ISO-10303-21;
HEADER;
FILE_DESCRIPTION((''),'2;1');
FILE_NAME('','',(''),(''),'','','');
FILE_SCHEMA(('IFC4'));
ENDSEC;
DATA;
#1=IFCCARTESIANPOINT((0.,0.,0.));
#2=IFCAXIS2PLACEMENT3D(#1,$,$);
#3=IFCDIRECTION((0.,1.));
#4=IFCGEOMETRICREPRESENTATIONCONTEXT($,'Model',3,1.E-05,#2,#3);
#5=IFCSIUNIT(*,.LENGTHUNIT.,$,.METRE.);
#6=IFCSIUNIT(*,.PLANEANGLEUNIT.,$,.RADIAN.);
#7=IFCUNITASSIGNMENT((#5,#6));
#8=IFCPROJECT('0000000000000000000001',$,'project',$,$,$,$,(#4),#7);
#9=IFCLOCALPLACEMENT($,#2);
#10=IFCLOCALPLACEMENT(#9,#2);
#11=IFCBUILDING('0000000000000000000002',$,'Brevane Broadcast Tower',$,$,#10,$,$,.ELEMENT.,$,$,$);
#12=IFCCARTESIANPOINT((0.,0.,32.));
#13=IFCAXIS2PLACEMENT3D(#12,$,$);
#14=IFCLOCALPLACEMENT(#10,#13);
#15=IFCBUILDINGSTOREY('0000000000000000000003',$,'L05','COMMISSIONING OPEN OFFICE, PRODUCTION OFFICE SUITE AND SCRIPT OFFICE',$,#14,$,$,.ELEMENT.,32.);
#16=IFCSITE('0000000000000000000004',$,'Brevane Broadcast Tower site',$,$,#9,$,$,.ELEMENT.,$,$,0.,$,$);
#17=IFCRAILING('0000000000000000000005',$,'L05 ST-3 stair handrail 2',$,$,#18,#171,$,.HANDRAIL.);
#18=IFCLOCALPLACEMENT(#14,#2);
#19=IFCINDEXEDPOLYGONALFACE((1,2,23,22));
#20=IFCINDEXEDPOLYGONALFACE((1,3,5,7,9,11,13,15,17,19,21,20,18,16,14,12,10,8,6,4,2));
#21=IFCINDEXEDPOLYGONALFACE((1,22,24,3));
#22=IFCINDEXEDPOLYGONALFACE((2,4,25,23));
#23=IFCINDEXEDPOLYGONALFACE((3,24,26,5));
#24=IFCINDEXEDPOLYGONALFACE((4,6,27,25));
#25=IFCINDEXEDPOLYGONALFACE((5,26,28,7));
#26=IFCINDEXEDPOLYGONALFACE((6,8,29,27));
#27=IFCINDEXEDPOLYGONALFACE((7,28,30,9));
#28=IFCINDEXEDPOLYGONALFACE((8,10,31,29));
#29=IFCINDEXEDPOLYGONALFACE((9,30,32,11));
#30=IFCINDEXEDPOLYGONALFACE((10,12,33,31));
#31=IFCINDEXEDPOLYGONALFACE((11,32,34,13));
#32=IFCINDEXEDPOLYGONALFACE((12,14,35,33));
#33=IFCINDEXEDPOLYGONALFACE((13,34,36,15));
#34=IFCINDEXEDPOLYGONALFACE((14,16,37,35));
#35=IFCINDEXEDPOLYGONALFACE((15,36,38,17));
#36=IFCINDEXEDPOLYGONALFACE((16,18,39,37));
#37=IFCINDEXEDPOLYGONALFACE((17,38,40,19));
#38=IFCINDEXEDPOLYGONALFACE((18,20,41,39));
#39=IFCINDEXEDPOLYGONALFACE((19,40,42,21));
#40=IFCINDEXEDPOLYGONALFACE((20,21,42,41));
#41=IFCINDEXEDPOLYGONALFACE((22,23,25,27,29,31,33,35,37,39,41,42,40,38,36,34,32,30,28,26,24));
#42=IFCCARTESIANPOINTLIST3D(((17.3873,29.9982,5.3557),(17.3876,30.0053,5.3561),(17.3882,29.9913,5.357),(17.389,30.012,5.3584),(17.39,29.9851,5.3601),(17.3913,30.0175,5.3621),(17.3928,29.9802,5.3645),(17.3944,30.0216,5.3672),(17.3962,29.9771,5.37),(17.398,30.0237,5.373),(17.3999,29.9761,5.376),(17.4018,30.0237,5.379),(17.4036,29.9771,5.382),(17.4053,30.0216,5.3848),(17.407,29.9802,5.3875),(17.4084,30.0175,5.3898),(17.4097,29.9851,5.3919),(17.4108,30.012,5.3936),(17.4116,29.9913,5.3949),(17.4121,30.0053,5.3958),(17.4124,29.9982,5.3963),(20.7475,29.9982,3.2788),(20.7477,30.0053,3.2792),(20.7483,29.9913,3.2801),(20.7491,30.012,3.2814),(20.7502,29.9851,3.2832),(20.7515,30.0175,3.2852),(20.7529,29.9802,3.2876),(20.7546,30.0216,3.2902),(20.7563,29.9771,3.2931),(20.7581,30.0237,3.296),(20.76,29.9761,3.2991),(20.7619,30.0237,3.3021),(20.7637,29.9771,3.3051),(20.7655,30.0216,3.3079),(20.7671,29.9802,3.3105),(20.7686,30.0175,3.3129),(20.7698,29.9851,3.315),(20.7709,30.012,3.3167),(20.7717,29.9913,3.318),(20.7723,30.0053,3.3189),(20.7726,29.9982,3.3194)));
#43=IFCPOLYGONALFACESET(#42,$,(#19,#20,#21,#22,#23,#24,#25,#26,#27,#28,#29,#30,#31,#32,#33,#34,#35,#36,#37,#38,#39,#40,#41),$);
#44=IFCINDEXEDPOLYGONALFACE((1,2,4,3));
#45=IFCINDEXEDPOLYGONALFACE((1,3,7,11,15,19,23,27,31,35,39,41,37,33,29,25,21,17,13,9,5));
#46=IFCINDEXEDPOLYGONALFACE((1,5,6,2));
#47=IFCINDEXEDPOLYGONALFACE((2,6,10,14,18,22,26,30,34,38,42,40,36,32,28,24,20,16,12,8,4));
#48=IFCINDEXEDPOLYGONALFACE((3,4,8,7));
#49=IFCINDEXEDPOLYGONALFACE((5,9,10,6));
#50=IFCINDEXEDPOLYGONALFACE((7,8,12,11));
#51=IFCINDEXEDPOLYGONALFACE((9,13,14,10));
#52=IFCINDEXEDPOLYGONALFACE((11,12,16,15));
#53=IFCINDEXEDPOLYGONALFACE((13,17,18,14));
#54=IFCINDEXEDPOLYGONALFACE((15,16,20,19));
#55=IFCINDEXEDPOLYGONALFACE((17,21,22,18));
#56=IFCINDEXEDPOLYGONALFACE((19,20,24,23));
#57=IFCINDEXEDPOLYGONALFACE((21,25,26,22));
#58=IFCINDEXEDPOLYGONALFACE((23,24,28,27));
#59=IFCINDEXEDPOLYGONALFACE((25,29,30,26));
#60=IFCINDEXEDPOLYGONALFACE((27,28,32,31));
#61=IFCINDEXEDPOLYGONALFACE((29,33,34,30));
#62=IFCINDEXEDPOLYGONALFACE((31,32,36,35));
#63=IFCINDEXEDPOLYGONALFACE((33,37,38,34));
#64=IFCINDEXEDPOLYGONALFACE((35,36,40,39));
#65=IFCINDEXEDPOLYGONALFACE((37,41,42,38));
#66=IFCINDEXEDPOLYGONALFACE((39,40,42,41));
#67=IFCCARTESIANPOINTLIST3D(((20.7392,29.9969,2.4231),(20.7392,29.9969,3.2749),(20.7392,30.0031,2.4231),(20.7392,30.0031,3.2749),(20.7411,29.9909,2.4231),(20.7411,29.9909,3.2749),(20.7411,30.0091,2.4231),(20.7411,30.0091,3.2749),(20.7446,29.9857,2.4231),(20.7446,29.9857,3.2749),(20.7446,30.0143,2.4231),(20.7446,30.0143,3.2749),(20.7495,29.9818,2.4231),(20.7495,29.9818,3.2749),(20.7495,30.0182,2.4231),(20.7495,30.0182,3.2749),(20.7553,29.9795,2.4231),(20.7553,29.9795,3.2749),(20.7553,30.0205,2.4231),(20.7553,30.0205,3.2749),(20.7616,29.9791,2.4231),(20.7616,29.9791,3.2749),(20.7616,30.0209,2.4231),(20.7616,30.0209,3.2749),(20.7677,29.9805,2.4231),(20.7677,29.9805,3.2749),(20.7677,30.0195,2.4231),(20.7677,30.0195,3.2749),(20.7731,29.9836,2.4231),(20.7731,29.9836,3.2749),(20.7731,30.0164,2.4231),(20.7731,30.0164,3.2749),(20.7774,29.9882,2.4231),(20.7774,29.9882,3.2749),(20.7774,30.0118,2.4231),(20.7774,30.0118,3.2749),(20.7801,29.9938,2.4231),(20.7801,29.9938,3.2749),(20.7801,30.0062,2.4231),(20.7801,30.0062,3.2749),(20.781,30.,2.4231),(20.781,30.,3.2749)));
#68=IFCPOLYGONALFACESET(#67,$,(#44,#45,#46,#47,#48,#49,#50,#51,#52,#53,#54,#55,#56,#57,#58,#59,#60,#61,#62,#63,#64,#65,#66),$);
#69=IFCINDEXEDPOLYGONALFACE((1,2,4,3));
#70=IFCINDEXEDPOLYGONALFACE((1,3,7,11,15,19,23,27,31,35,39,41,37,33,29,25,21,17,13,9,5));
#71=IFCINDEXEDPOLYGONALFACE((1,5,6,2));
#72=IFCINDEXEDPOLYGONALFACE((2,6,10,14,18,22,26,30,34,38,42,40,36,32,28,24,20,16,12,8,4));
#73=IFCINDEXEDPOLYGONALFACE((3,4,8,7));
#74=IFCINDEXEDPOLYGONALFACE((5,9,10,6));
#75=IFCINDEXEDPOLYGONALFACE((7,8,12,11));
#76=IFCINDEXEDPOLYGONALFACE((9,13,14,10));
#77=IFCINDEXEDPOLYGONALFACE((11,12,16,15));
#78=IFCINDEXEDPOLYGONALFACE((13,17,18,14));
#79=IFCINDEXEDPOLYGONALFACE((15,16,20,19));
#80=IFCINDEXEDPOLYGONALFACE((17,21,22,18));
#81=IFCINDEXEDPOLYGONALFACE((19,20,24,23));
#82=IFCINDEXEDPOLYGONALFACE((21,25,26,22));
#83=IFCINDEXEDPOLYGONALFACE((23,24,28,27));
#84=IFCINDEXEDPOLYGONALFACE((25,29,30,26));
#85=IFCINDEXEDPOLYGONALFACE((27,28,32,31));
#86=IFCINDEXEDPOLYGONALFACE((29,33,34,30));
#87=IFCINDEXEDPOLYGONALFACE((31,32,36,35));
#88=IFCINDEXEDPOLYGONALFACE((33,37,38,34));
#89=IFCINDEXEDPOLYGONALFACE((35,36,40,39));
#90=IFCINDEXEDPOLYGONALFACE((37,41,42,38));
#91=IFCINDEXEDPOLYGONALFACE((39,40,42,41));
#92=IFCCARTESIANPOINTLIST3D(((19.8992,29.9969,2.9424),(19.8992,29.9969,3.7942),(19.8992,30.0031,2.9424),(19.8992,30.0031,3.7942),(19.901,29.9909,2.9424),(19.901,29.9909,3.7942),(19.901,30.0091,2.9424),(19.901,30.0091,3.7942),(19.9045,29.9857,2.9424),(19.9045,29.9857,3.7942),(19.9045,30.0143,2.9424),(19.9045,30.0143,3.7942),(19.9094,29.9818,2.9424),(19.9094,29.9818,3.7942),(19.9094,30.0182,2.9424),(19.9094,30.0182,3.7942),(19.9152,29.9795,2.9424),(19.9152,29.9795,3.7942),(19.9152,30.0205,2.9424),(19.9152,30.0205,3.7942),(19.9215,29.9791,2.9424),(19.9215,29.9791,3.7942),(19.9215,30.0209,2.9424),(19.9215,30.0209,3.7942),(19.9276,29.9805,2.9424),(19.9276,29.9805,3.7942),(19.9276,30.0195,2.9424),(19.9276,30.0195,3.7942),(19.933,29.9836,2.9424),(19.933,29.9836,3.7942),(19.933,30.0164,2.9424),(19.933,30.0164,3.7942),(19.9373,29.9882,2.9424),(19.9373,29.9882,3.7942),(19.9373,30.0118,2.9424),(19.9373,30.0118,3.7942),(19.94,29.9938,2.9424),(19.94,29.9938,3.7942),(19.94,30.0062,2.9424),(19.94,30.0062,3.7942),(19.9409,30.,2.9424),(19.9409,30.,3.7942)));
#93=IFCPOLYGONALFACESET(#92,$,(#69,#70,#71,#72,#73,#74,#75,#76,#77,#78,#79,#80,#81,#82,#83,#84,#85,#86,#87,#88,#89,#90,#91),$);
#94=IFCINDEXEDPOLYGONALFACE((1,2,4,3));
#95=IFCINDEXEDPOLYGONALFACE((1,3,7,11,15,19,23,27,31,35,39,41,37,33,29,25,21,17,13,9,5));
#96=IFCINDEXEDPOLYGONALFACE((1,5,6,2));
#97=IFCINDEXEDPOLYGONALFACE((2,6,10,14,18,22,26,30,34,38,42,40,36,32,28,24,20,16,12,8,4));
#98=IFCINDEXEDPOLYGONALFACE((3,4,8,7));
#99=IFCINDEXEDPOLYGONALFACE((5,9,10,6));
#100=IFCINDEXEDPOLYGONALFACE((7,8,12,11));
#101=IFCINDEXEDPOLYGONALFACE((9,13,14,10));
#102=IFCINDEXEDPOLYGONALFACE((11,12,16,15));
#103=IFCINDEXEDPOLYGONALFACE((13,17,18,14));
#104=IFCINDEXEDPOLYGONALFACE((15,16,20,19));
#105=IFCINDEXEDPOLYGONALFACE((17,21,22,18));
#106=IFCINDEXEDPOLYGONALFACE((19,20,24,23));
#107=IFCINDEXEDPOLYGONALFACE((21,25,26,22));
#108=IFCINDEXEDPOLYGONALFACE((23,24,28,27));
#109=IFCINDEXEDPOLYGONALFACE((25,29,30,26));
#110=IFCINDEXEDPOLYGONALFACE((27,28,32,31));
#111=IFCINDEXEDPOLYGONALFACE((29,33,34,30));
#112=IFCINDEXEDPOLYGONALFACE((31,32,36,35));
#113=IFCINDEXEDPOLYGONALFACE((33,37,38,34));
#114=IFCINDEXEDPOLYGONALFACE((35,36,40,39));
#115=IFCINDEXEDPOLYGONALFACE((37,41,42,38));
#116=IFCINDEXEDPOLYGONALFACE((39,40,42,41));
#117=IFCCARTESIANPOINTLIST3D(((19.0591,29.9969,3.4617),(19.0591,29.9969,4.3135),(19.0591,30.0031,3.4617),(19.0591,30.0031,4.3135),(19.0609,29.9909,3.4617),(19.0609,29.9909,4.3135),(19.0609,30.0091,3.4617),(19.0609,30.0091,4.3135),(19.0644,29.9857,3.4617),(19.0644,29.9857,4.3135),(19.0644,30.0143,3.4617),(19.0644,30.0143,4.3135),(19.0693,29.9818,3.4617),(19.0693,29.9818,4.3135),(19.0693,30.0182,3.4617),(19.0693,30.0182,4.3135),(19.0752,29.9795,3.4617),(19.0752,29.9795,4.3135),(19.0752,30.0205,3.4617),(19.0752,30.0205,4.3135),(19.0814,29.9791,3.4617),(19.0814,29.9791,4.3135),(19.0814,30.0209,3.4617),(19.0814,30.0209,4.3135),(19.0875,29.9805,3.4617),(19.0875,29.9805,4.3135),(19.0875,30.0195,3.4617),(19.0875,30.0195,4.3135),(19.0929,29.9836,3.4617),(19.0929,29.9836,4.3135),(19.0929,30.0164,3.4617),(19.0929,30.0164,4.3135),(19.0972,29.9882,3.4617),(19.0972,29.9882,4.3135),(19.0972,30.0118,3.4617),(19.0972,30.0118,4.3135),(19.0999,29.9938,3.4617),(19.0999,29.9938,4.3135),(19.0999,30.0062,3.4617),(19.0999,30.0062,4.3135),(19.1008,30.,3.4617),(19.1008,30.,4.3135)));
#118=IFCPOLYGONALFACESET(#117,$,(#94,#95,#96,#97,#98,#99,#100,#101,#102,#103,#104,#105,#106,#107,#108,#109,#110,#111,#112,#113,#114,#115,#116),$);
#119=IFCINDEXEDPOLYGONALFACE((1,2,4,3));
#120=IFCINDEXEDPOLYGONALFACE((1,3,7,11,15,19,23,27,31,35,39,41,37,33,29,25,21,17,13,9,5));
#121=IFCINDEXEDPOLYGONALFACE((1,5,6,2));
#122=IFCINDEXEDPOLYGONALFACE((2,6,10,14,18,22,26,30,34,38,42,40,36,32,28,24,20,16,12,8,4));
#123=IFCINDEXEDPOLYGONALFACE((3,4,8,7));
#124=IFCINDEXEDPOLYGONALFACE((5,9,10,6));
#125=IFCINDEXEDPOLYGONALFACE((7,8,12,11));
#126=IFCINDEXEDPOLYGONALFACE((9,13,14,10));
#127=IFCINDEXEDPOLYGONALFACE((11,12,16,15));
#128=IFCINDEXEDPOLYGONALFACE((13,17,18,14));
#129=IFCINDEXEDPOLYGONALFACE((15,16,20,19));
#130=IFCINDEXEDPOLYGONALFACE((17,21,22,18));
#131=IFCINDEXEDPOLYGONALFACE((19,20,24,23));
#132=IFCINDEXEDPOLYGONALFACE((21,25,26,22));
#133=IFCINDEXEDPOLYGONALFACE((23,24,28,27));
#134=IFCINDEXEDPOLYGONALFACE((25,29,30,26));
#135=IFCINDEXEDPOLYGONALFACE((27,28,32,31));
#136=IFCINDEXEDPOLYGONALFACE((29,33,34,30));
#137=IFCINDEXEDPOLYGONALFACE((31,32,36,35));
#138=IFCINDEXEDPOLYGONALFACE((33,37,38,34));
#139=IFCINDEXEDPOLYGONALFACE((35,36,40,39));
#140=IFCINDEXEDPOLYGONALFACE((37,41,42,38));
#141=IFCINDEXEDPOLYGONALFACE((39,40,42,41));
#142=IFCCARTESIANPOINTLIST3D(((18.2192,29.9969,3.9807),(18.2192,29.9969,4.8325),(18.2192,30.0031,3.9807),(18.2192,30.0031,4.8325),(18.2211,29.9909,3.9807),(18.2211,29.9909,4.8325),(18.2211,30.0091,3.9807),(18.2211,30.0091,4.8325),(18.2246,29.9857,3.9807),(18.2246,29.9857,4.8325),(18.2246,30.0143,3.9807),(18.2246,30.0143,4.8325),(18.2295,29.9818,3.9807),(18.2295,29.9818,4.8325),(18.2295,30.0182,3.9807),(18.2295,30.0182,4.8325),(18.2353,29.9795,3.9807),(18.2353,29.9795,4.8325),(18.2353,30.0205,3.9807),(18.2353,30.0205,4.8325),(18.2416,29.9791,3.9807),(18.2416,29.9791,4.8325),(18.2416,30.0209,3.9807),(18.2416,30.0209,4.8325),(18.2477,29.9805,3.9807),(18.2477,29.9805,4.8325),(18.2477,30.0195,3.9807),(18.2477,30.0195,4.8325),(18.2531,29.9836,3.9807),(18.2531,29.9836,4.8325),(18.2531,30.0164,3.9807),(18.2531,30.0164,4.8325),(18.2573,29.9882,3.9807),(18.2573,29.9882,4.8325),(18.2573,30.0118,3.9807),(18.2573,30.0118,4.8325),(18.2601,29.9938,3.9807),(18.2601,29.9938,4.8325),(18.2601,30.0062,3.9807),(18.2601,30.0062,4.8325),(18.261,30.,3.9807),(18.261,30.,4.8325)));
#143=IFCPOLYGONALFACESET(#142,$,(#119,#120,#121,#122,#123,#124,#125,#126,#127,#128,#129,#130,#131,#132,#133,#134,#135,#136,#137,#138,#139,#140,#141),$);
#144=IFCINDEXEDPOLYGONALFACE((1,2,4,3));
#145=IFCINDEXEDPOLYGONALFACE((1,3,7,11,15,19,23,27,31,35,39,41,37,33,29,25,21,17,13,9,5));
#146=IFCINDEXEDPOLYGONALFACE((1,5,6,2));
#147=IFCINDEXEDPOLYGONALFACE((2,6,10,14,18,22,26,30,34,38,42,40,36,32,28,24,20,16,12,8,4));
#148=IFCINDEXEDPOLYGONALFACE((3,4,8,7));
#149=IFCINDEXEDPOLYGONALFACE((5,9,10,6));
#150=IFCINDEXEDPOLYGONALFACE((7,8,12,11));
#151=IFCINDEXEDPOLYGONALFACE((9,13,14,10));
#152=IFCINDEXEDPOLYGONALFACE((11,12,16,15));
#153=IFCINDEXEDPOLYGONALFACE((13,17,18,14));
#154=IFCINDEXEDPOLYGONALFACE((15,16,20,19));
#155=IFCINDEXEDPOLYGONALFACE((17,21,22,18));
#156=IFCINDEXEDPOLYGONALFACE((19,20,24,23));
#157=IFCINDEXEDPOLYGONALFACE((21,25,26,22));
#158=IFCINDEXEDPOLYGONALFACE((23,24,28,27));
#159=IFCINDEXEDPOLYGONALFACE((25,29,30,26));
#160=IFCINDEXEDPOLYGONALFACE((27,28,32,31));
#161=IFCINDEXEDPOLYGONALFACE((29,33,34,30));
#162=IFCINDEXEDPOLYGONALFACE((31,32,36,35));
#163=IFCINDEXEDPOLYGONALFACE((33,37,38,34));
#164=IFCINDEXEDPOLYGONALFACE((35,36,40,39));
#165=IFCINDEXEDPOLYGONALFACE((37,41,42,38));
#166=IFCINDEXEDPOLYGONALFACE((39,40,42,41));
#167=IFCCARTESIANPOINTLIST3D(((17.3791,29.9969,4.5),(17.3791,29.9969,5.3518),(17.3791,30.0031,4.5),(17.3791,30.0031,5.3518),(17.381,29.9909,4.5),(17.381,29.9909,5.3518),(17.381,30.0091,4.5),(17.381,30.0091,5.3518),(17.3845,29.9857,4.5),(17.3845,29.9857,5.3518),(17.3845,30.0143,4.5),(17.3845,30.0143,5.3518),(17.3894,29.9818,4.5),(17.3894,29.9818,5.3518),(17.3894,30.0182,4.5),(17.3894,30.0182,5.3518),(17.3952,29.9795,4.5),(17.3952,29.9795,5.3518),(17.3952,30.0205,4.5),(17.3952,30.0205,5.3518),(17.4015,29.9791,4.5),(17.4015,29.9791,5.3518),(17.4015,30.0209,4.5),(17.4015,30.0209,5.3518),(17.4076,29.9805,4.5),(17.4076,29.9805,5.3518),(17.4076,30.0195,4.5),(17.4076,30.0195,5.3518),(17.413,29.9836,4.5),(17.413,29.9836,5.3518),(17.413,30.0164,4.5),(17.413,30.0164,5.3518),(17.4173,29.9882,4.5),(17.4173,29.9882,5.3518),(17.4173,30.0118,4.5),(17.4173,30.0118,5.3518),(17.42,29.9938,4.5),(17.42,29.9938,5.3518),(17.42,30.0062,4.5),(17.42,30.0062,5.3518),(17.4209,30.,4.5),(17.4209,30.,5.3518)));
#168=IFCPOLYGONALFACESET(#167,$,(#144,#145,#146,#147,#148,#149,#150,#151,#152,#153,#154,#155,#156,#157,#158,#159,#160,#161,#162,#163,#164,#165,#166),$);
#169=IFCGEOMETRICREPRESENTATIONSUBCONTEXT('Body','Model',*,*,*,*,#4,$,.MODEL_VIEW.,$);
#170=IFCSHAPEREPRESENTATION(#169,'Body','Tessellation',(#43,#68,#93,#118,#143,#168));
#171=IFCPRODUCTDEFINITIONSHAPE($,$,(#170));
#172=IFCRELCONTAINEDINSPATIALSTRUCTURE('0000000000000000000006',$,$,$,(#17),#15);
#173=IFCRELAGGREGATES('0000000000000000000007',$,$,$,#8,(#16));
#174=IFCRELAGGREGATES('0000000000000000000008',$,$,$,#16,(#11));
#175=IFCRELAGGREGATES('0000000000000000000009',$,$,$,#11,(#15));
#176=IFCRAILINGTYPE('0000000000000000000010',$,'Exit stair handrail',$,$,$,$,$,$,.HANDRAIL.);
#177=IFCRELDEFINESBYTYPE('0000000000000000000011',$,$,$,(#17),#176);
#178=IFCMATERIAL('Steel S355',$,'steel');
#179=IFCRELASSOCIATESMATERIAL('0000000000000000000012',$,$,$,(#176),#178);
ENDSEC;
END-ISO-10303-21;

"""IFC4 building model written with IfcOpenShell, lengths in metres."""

from ifc_helpers import new_model, si_unit, direction, frame, origin, origin_2d, place, context, subcontext, project, spatial, circle, extrude, material, type_object, element, save


model = new_model("IFC4")

# Units and contexts
model_context = context("Model", 3, precision=1e-05, world=origin(), true_north=direction((0.0, 1.0)))
body_context = subcontext(model_context, "Body", "Model", "MODEL_VIEW")
ifc_project = project(units=[si_unit("LENGTHUNIT", "METRE"), si_unit("PLANEANGLEUNIT", "RADIAN")], contexts=[model_context])

# Site, building, storey
site_placement = place(None, origin())
site = spatial("IfcSite", under=ifc_project, at=site_placement, Name="Brevane Broadcast Tower site", CompositionType="ELEMENT", RefElevation=0.0)
building_placement = place(site_placement, origin())
building = spatial("IfcBuilding", under=site, at=building_placement, Name="Brevane Broadcast Tower", CompositionType="ELEMENT")
storey_placement = place(building_placement, frame((0.0, 0.0, 32.0)))
storey = spatial("IfcBuildingStorey", under=building, at=storey_placement, Name="L05", Description="COMMISSIONING OPEN OFFICE, PRODUCTION OFFICE SUITE AND SCRIPT OFFICE", CompositionType="ELEMENT", Elevation=32.0)

# Railing
ifc_material_1 = material(Name="Steel S355", Category="steel")
railing_type_1 = type_object("IfcRailingType", Name="Exit stair handrail", PredefinedType="HANDRAIL", material=ifc_material_1)
railing_1_placement = place(storey_placement, frame((20.76, 30.0, 2.4231)))
element("IfcRailing", 1, at=railing_1_placement, inside=storey, type_object=railing_type_1, Name="L05 ST-3 stair handrail 2", PredefinedType="HANDRAIL", context=body_context, shape_type="SweptSolid", body=[
    extrude(circle(Radius=0.0239, at=origin_2d()), frame((0.0, 0.0, 0.876), z_axis=(-0.850623, 0.0, 0.525776), x_axis=(0.0, -1.0, 0.0)), (0.0, 0.0, 1.0), 3.9502),
    extrude(circle(Radius=0.021, at=origin_2d()), origin(), (0.0, 0.0, 1.0), 0.8518),
    extrude(circle(Radius=0.021, at=origin_2d()), frame((-0.8401, 0.0, 0.5193)), (0.0, 0.0, 1.0), 0.8518),
    extrude(circle(Radius=0.021, at=origin_2d()), frame((-1.6802, 0.0, 1.0386)), (0.0, 0.0, 1.0), 0.8518),
    extrude(circle(Radius=0.021, at=origin_2d()), frame((-2.52, 0.0, 1.5576)), (0.0, 0.0, 1.0), 0.8518),
    extrude(circle(Radius=0.021, at=origin_2d()), frame((-3.3601, 0.0, 2.0769)), (0.0, 0.0, 1.0), 0.8518),
])

save(model, "model.ifc")
